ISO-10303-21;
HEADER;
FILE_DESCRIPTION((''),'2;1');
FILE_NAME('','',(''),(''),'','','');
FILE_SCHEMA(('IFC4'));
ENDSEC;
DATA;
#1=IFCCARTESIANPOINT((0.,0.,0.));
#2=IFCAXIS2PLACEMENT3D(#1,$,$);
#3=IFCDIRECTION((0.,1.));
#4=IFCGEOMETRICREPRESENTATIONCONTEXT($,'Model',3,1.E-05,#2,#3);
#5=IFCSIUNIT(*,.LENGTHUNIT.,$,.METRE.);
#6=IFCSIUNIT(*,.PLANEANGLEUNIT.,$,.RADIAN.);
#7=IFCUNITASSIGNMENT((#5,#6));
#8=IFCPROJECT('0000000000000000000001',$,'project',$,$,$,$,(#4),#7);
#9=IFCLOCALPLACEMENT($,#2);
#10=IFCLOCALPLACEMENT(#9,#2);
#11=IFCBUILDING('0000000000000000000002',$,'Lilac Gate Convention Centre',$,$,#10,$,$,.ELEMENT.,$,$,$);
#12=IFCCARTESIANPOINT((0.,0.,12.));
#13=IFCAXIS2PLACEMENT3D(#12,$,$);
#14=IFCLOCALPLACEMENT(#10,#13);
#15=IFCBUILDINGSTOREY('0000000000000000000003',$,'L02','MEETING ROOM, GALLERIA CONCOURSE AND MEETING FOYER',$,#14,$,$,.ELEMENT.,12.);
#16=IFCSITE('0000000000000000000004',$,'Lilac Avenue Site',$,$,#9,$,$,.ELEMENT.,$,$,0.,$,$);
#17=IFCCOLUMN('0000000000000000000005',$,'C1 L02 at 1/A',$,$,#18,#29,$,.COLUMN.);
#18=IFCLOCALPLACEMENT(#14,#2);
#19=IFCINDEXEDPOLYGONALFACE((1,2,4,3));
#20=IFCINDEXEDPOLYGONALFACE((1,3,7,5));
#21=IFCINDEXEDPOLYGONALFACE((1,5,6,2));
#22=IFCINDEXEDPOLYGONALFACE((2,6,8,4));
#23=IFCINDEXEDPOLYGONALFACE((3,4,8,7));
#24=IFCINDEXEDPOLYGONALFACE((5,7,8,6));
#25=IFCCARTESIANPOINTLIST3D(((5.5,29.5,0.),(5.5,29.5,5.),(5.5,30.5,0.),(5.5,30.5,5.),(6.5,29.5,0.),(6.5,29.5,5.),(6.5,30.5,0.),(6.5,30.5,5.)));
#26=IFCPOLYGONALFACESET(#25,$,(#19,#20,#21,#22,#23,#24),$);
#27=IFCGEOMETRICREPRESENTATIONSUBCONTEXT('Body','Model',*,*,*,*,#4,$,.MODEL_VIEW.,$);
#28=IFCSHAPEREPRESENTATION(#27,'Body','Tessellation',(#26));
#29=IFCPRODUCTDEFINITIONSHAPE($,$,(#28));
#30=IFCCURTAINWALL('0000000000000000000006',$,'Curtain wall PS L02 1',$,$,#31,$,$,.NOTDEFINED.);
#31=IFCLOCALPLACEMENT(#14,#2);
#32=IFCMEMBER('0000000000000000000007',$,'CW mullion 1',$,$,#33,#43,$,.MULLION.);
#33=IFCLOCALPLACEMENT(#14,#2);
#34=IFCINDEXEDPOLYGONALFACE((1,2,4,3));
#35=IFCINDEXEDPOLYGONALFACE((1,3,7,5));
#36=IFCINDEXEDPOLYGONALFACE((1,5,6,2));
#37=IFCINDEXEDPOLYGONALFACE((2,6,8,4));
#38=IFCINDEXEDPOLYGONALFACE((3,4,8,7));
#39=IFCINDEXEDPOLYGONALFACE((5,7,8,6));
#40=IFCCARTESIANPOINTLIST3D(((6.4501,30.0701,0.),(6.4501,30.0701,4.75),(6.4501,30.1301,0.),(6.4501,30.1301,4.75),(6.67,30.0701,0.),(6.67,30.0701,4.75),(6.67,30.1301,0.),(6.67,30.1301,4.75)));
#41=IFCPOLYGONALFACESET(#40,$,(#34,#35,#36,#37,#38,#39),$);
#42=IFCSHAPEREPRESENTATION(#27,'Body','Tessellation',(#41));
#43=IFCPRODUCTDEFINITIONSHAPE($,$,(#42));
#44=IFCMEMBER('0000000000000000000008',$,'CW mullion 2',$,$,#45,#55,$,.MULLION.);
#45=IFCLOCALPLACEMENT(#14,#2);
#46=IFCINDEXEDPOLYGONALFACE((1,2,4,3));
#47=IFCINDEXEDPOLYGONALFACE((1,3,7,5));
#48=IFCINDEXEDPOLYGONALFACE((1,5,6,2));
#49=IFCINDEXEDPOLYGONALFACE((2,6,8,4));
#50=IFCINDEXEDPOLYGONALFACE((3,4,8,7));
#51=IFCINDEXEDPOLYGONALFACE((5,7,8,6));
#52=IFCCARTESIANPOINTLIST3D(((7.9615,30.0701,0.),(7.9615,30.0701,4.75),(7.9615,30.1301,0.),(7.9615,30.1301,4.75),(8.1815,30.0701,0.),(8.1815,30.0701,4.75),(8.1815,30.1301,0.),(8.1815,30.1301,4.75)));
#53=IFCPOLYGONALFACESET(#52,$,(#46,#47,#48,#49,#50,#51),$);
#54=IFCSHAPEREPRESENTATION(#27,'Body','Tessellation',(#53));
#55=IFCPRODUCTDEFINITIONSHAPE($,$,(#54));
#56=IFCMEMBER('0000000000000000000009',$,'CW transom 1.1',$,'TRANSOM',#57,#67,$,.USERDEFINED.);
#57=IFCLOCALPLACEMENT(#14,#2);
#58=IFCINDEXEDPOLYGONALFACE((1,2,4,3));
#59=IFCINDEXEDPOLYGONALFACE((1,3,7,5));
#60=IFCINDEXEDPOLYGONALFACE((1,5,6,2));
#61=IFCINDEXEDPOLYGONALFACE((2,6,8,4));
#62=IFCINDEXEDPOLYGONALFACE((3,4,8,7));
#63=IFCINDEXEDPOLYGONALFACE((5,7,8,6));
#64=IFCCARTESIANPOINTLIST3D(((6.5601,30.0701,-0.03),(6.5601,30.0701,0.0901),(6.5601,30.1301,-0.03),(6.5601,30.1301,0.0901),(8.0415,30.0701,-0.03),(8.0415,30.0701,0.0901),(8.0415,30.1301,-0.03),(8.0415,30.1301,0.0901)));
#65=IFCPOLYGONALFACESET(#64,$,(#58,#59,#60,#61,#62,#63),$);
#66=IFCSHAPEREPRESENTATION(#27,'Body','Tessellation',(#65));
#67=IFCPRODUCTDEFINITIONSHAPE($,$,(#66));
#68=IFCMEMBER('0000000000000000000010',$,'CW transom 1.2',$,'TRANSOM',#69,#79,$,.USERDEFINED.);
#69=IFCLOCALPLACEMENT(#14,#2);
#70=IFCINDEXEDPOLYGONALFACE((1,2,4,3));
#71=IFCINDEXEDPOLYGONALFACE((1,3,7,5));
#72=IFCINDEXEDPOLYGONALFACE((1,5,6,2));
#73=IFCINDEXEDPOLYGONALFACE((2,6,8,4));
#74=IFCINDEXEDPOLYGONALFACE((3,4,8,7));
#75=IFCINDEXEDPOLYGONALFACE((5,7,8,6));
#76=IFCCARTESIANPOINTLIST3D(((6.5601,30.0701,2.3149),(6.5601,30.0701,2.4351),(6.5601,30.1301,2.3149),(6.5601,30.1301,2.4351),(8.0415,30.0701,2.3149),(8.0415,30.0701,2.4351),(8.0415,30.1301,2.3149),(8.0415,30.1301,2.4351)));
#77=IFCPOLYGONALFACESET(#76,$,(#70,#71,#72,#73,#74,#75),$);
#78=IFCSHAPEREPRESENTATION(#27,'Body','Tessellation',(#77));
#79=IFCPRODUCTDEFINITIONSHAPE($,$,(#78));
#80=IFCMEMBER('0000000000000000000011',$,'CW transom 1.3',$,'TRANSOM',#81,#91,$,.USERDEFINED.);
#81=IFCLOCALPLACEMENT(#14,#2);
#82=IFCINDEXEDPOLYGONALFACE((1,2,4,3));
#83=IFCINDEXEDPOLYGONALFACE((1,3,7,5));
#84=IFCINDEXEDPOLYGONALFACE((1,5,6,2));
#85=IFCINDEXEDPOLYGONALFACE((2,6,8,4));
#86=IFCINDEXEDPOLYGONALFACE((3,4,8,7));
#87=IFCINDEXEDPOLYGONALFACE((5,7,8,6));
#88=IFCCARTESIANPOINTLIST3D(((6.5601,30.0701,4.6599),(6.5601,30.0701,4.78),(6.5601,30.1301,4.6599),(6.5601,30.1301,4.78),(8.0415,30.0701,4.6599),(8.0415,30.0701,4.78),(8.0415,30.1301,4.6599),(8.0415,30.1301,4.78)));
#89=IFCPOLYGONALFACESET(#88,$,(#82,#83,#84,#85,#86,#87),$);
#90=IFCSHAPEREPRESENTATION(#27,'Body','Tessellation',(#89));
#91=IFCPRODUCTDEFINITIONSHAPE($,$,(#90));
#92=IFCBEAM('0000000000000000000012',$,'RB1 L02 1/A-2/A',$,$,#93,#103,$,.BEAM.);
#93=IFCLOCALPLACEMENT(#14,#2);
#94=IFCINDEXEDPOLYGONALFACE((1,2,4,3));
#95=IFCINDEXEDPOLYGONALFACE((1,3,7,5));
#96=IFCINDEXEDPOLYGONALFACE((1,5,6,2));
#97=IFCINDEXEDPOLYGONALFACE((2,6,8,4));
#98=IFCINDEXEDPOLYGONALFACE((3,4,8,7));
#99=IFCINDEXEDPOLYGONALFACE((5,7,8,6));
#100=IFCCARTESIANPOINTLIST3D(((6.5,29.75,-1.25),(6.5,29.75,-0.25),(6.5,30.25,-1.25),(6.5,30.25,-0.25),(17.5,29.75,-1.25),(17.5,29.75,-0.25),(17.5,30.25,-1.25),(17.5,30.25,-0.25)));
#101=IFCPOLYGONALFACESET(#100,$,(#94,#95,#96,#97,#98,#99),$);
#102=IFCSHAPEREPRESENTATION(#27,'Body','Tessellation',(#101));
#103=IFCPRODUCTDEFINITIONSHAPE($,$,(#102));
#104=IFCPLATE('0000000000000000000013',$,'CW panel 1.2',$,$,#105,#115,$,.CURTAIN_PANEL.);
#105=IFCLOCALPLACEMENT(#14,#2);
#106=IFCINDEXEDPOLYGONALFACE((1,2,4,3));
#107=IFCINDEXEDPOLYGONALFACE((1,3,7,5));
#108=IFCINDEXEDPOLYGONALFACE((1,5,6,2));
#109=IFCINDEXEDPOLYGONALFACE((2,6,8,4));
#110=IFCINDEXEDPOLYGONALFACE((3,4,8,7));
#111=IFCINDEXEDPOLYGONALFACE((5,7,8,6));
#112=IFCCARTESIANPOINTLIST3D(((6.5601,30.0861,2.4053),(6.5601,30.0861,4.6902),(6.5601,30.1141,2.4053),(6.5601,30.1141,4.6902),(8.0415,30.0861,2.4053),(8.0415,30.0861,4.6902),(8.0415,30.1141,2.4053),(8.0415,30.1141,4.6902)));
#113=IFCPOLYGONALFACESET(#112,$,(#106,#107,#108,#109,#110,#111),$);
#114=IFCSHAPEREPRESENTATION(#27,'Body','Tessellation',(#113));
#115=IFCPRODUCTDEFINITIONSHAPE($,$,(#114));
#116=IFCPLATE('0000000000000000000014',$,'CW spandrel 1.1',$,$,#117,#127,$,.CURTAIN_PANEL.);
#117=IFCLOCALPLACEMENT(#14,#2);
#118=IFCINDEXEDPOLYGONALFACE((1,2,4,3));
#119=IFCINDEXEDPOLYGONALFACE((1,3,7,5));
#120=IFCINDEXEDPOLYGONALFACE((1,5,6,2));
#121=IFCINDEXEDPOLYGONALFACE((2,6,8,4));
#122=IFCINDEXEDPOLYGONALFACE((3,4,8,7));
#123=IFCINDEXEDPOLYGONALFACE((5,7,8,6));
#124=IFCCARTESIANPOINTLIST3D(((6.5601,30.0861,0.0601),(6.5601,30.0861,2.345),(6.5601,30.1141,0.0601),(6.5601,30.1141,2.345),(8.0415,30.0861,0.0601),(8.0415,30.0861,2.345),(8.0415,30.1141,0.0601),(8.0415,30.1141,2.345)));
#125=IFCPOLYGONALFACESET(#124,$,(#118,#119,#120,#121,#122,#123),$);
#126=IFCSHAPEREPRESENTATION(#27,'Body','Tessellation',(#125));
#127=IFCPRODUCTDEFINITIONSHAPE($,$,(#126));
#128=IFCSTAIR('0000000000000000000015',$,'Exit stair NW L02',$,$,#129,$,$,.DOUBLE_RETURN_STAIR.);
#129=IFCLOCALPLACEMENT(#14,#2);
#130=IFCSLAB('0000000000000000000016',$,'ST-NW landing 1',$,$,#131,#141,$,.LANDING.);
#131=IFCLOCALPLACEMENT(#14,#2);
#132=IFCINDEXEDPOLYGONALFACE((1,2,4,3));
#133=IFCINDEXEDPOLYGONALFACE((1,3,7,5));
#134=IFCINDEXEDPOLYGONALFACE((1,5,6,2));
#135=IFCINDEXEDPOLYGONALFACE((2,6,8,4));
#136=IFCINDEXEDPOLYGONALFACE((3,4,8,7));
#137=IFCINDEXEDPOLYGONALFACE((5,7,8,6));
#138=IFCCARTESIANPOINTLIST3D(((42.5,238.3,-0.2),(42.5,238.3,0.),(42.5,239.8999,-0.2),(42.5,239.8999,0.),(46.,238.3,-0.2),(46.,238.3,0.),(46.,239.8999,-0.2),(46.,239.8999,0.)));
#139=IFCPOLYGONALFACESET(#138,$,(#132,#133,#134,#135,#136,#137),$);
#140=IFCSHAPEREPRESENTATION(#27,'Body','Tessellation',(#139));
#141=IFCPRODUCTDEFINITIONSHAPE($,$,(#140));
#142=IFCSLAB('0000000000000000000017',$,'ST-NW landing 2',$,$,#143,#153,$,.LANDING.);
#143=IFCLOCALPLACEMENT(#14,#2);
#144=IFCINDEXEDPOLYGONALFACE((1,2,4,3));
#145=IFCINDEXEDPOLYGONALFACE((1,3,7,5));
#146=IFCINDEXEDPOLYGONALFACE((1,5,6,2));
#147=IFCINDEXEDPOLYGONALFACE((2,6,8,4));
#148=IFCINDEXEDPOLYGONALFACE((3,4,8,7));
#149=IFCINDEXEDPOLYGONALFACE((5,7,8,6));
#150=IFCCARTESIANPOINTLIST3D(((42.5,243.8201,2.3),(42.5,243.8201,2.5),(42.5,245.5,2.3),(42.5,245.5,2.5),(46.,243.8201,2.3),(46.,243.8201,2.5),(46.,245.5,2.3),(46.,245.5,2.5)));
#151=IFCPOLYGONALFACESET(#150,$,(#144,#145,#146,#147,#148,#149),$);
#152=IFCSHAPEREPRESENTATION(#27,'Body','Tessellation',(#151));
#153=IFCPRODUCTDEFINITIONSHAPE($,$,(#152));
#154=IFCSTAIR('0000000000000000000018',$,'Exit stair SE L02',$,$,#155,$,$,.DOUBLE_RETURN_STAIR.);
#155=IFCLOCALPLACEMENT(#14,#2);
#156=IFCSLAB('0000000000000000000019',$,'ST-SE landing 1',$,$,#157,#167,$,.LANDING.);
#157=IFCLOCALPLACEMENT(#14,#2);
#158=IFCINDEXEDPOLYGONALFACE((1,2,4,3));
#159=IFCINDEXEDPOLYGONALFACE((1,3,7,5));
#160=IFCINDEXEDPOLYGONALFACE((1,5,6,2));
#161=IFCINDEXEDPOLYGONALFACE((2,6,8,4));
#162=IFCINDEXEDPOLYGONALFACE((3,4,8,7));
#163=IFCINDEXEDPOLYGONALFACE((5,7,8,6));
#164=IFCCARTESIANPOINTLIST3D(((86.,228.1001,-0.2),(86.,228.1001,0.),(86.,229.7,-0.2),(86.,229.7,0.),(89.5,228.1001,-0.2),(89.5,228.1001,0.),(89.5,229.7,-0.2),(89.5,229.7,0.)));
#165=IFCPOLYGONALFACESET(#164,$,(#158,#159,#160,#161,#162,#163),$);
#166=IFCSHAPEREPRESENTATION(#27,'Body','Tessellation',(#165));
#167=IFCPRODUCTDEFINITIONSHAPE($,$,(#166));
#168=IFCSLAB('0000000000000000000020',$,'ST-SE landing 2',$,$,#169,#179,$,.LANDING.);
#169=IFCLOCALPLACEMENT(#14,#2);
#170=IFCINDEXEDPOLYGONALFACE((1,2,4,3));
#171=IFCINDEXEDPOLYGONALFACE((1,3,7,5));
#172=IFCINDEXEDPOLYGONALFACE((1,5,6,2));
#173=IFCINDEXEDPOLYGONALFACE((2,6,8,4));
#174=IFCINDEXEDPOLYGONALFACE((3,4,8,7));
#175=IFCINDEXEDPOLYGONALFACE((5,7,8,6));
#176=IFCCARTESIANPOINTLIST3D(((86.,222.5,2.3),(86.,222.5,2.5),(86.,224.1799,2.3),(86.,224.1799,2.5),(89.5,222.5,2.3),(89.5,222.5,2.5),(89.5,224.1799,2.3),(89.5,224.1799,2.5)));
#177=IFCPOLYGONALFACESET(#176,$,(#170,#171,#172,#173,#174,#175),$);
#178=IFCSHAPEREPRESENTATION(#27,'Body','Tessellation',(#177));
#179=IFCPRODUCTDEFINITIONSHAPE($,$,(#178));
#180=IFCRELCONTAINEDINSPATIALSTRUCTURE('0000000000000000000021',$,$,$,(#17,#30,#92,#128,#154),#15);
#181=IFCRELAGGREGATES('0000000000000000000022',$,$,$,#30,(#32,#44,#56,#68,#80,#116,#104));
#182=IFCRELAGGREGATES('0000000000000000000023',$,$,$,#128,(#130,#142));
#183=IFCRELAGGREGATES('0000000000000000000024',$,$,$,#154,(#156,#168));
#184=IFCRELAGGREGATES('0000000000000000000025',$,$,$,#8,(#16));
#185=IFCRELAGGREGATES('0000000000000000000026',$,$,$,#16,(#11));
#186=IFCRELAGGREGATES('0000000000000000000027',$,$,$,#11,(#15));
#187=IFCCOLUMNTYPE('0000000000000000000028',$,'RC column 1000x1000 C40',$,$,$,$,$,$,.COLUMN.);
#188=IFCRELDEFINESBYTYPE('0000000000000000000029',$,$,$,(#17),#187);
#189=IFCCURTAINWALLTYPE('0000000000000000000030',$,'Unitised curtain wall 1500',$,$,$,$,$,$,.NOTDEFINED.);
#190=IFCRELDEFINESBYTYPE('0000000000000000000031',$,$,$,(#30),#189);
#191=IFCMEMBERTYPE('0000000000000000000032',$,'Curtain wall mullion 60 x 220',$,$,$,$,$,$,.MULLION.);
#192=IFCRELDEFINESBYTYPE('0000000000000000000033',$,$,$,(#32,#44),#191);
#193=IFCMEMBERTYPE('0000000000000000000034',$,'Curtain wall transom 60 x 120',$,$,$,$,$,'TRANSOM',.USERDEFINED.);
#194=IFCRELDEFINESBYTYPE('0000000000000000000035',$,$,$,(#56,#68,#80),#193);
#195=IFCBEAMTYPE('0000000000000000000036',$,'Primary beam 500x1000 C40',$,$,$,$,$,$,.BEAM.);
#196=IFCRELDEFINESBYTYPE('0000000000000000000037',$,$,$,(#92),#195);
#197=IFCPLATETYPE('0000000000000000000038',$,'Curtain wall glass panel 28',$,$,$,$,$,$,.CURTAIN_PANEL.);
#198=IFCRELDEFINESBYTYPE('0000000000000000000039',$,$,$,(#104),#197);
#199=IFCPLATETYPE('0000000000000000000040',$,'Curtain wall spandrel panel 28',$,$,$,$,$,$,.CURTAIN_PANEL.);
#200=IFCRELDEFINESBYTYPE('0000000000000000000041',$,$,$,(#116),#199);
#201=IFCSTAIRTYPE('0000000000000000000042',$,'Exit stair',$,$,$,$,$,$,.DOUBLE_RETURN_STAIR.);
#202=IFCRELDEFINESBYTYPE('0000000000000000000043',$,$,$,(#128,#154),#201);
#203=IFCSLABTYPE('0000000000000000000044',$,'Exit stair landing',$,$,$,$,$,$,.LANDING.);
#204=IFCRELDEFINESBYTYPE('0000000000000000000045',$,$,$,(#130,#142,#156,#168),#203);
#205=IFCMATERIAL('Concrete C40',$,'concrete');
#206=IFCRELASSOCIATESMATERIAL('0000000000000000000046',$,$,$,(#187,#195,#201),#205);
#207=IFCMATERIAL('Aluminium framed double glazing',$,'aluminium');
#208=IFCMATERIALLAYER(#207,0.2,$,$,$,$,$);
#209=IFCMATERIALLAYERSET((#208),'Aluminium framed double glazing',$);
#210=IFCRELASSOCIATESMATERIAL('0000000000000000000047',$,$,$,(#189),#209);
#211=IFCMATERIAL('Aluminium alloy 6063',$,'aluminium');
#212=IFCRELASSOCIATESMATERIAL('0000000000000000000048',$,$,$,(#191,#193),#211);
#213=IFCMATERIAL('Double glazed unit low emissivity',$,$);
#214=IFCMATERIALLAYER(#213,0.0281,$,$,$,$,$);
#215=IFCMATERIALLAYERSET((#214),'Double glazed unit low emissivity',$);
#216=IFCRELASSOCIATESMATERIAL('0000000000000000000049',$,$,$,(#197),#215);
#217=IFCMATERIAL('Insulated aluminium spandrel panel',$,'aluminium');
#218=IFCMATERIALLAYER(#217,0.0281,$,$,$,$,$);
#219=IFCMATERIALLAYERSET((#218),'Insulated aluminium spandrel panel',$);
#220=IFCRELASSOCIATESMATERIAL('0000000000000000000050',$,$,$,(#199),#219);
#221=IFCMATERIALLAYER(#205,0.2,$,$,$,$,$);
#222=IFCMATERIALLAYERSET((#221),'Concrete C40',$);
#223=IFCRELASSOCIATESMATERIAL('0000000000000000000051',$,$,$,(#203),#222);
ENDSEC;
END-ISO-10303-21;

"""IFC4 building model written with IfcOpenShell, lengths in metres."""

from ifc_helpers import new_model, si_unit, direction, frame, origin, origin_2d, place, context, subcontext, project, spatial, polyline, rectangle, outline, extrude, material, layer, layer_set, material_profile, profile_set, type_object, element, aggregate, save


model = new_model("IFC4")

# Units and contexts
model_context = context("Model", 3, precision=1e-05, world=origin(), true_north=direction((0.0, 1.0)))
body_context = subcontext(model_context, "Body", "Model", "MODEL_VIEW")
ifc_project = project(units=[si_unit("LENGTHUNIT", "METRE"), si_unit("PLANEANGLEUNIT", "RADIAN")], contexts=[model_context])

# Site, building, storey
site_placement = place(None, origin())
site = spatial("IfcSite", under=ifc_project, at=site_placement, Name="Lilac Avenue Site", CompositionType="ELEMENT", RefElevation=0.0)
building_placement = place(site_placement, origin())
building = spatial("IfcBuilding", under=site, at=building_placement, Name="Lilac Gate Convention Centre", CompositionType="ELEMENT")
storey_placement = place(building_placement, frame((0.0, 0.0, 12.0)))
storey = spatial("IfcBuildingStorey", under=building, at=storey_placement, Name="L02", Description="MEETING ROOM, GALLERIA CONCOURSE AND MEETING FOYER", CompositionType="ELEMENT", Elevation=12.0)

# Column
ifc_material_1 = material(Name="Concrete C40", Category="concrete")
ifc_material_profile_1 = material_profile(ifc_material_1, rectangle(XDim=1.0, YDim=1.0, at=origin_2d()), Name="RC 1000x1000")
ifc_profile_set_1 = profile_set([ifc_material_profile_1], Name="Concrete C40")
column_type = type_object("IfcColumnType", Name="RC column 1000x1000 C40", PredefinedType="COLUMN", material=ifc_profile_set_1)
column_placement = place(storey_placement, frame((6.0, 30.0, 0.0), z_axis=(0.0, 0.0, 1.0), x_axis=(1.0, 0.0, 0.0)))
element("IfcColumn", 1, at=column_placement, inside=storey, type_object=column_type, Name="C1 L02 at 1/A", PredefinedType="COLUMN", context=body_context, shape_type="SweptSolid", body=[
    extrude(rectangle(XDim=1.0, YDim=1.0, at=origin_2d()), origin(), (0.0, 0.0, 1.0), 5.0),
])

# Curtain wall, members
ifc_material_2 = material(Name="Aluminium framed double glazing", Category="aluminium")
ifc_layer_1 = layer(ifc_material_2, 0.2)
ifc_layer_set_1 = layer_set([ifc_layer_1], Name="Aluminium framed double glazing")
curtain_wall_type = type_object("IfcCurtainWallType", Name="Unitised curtain wall 1500", PredefinedType="NOTDEFINED", material=ifc_layer_set_1)
curtain_wall_placement = place(storey_placement, origin())
curtain_wall = element("IfcCurtainWall", 2, at=curtain_wall_placement, inside=storey, type_object=curtain_wall_type, Name="Curtain wall PS L02 1", PredefinedType="NOTDEFINED")
ifc_material_3 = material(Name="Aluminium alloy 6063", Category="aluminium")
ifc_material_profile_2 = material_profile(ifc_material_3, rectangle(XDim=0.0601, YDim=0.22, at=origin_2d()), Name="Curtain wall mullion 60 x 220")
ifc_profile_set_2 = profile_set([ifc_material_profile_2], Name="Aluminium alloy 6063")
member_type_1 = type_object("IfcMemberType", Name="Curtain wall mullion 60 x 220", PredefinedType="MULLION", material=ifc_profile_set_2)
member_1_placement = place(storey_placement, frame((6.5601, 30.1001, 0.0), z_axis=(0.0, 0.0, 1.0), x_axis=(0.0, 1.0, 0.0)))
member_1 = element("IfcMember", 3, at=member_1_placement, type_object=member_type_1, Name="CW mullion 1", PredefinedType="MULLION", context=body_context, shape_type="SweptSolid", body=[
    extrude(rectangle(XDim=0.0601, YDim=0.22, at=origin_2d()), origin(), (0.0, 0.0, 1.0), 4.75),
])
member_2_placement = place(storey_placement, frame((8.0715, 30.1001, 0.0), z_axis=(0.0, 0.0, 1.0), x_axis=(0.0, 1.0, 0.0)))
member_2 = element("IfcMember", 4, at=member_2_placement, type_object=member_type_1, Name="CW mullion 2", PredefinedType="MULLION", context=body_context, shape_type="SweptSolid", body=[
    extrude(rectangle(XDim=0.0601, YDim=0.22, at=origin_2d()), origin(), (0.0, 0.0, 1.0), 4.75),
])
ifc_material_profile_3 = material_profile(ifc_material_3, rectangle(XDim=0.0601, YDim=0.1201, at=origin_2d()), Name="Curtain wall transom 60 x 120")
ifc_profile_set_3 = profile_set([ifc_material_profile_3], Name="Aluminium alloy 6063")
member_type_2 = type_object("IfcMemberType", Name="Curtain wall transom 60 x 120", ElementType="TRANSOM", PredefinedType="USERDEFINED", material=ifc_profile_set_3)
member_3_placement = place(storey_placement, frame((6.5601, 30.1001, 0.03), z_axis=(1.0, 0.0, 0.0), x_axis=(0.0, 1.0, 0.0)))
member_3 = element("IfcMember", 5, at=member_3_placement, type_object=member_type_2, Name="CW transom 1.1", ObjectType="TRANSOM", PredefinedType="USERDEFINED", context=body_context, shape_type="SweptSolid", body=[
    extrude(rectangle(XDim=0.0601, YDim=0.1201, at=origin_2d()), origin(), (0.0, 0.0, 1.0), 1.4814),
])
member_4_placement = place(storey_placement, frame((6.5601, 30.1001, 2.375), z_axis=(1.0, 0.0, 0.0), x_axis=(0.0, 1.0, 0.0)))
member_4 = element("IfcMember", 6, at=member_4_placement, type_object=member_type_2, Name="CW transom 1.2", ObjectType="TRANSOM", PredefinedType="USERDEFINED", context=body_context, shape_type="SweptSolid", body=[
    extrude(rectangle(XDim=0.0601, YDim=0.1201, at=origin_2d()), origin(), (0.0, 0.0, 1.0), 1.4814),
])
member_5_placement = place(storey_placement, frame((6.5601, 30.1001, 4.72), z_axis=(1.0, 0.0, 0.0), x_axis=(0.0, 1.0, 0.0)))
member_5 = element("IfcMember", 7, at=member_5_placement, type_object=member_type_2, Name="CW transom 1.3", ObjectType="TRANSOM", PredefinedType="USERDEFINED", context=body_context, shape_type="SweptSolid", body=[
    extrude(rectangle(XDim=0.0601, YDim=0.1201, at=origin_2d()), origin(), (0.0, 0.0, 1.0), 1.4814),
])

# Beam
ifc_material_profile_4 = material_profile(ifc_material_1, rectangle(XDim=0.5, YDim=1.0, at=origin_2d()), Name="RC 500x1000")
ifc_profile_set_4 = profile_set([ifc_material_profile_4], Name="Concrete C40")
beam_type = type_object("IfcBeamType", Name="Primary beam 500x1000 C40", PredefinedType="BEAM", material=ifc_profile_set_4)
beam_placement = place(storey_placement, frame((6.5, 30.0, -0.75), z_axis=(1.0, 0.0, 0.0), x_axis=(0.0, 1.0, 0.0)))
element("IfcBeam", 8, at=beam_placement, inside=storey, type_object=beam_type, Name="RB1 L02 1/A-2/A", PredefinedType="BEAM", context=body_context, shape_type="SweptSolid", body=[
    extrude(rectangle(XDim=0.5, YDim=1.0, at=origin_2d()), origin(), (0.0, 0.0, 1.0), 11.0),
])

# Plates
ifc_material_4 = material(Name="Double glazed unit low emissivity")
ifc_layer_2 = layer(ifc_material_4, 0.0281)
ifc_layer_set_2 = layer_set([ifc_layer_2], Name="Double glazed unit low emissivity")
plate_type_1 = type_object("IfcPlateType", Name="Curtain wall glass panel 28", PredefinedType="CURTAIN_PANEL", material=ifc_layer_set_2)
plate_1_placement = place(storey_placement, frame((7.3008, 30.1001, 2.4053), z_axis=(0.0, 0.0, 1.0), x_axis=(1.0, 0.0, 0.0)))
plate_1 = element("IfcPlate", 9, at=plate_1_placement, type_object=plate_type_1, Name="CW panel 1.2", PredefinedType="CURTAIN_PANEL", context=body_context, shape_type="SweptSolid", body=[
    extrude(rectangle(XDim=1.4814, YDim=0.0281, at=origin_2d()), origin(), (0.0, 0.0, 1.0), 2.2849),
])
ifc_material_5 = material(Name="Insulated aluminium spandrel panel", Category="aluminium")
ifc_layer_3 = layer(ifc_material_5, 0.0281)
ifc_layer_set_3 = layer_set([ifc_layer_3], Name="Insulated aluminium spandrel panel")
plate_type_2 = type_object("IfcPlateType", Name="Curtain wall spandrel panel 28", PredefinedType="CURTAIN_PANEL", material=ifc_layer_set_3)
plate_2_placement = place(storey_placement, frame((7.3008, 30.1001, 0.0601), z_axis=(0.0, 0.0, 1.0), x_axis=(1.0, 0.0, 0.0)))
plate_2 = element("IfcPlate", 10, at=plate_2_placement, type_object=plate_type_2, Name="CW spandrel 1.1", PredefinedType="CURTAIN_PANEL", context=body_context, shape_type="SweptSolid", body=[
    extrude(rectangle(XDim=1.4814, YDim=0.0281, at=origin_2d()), origin(), (0.0, 0.0, 1.0), 2.2849),
])
aggregate(curtain_wall, [member_1, member_2, member_3, member_4, member_5, plate_2, plate_1])

# Stairs, slabs
stair_type_1 = type_object("IfcStairType", Name="Exit stair", PredefinedType="DOUBLE_RETURN_STAIR", material=ifc_material_1)
stair_1_placement = place(storey_placement, origin())
stair_1 = element("IfcStair", 11, at=stair_1_placement, inside=storey, type_object=stair_type_1, Name="Exit stair NW L02", PredefinedType="DOUBLE_RETURN_STAIR")
ifc_layer_4 = layer(ifc_material_1, 0.2)
ifc_layer_set_4 = layer_set([ifc_layer_4], Name="Concrete C40")
slab_type_1 = type_object("IfcSlabType", Name="Exit stair landing", PredefinedType="LANDING", material=ifc_layer_set_4)
slab_1_placement = place(storey_placement, frame((0.0, 0.0, -0.2)))
slab_1 = element("IfcSlab", 12, at=slab_1_placement, type_object=slab_type_1, Name="ST-NW landing 1", PredefinedType="LANDING", context=body_context, shape_type="SweptSolid", body=[
    extrude(outline(polyline([(42.5, 238.3), (46.0, 238.3), (46.0, 239.8999), (42.5, 239.8999), (42.5, 238.3)])), origin(), (0.0, 0.0, 1.0), 0.2),
])
slab_2_placement = place(storey_placement, frame((0.0, 0.0, 2.3)))
slab_2 = element("IfcSlab", 13, at=slab_2_placement, type_object=slab_type_1, Name="ST-NW landing 2", PredefinedType="LANDING", context=body_context, shape_type="SweptSolid", body=[
    extrude(outline(polyline([(42.5, 243.8201), (46.0, 243.8201), (46.0, 245.5), (42.5, 245.5), (42.5, 243.8201)])), origin(), (0.0, 0.0, 1.0), 0.2),
])
aggregate(stair_1, [slab_1, slab_2])
stair_2_placement = place(storey_placement, origin())
stair_2 = element("IfcStair", 14, at=stair_2_placement, inside=storey, type_object=stair_type_1, Name="Exit stair SE L02", PredefinedType="DOUBLE_RETURN_STAIR")
slab_3_placement = place(storey_placement, frame((0.0, 0.0, -0.2)))
slab_3 = element("IfcSlab", 15, at=slab_3_placement, type_object=slab_type_1, Name="ST-SE landing 1", PredefinedType="LANDING", context=body_context, shape_type="SweptSolid", body=[
    extrude(outline(polyline([(86.0, 228.1001), (89.5, 228.1001), (89.5, 229.7), (86.0, 229.7), (86.0, 228.1001)])), origin(), (0.0, 0.0, 1.0), 0.2),
])
slab_4_placement = place(storey_placement, frame((0.0, 0.0, 2.3)))
slab_4 = element("IfcSlab", 16, at=slab_4_placement, type_object=slab_type_1, Name="ST-SE landing 2", PredefinedType="LANDING", context=body_context, shape_type="SweptSolid", body=[
    extrude(outline(polyline([(86.0, 222.5), (89.5, 222.5), (89.5, 224.1799), (86.0, 224.1799), (86.0, 222.5)])), origin(), (0.0, 0.0, 1.0), 0.2),
])
aggregate(stair_2, [slab_3, slab_4])

save(model, "model.ifc")
